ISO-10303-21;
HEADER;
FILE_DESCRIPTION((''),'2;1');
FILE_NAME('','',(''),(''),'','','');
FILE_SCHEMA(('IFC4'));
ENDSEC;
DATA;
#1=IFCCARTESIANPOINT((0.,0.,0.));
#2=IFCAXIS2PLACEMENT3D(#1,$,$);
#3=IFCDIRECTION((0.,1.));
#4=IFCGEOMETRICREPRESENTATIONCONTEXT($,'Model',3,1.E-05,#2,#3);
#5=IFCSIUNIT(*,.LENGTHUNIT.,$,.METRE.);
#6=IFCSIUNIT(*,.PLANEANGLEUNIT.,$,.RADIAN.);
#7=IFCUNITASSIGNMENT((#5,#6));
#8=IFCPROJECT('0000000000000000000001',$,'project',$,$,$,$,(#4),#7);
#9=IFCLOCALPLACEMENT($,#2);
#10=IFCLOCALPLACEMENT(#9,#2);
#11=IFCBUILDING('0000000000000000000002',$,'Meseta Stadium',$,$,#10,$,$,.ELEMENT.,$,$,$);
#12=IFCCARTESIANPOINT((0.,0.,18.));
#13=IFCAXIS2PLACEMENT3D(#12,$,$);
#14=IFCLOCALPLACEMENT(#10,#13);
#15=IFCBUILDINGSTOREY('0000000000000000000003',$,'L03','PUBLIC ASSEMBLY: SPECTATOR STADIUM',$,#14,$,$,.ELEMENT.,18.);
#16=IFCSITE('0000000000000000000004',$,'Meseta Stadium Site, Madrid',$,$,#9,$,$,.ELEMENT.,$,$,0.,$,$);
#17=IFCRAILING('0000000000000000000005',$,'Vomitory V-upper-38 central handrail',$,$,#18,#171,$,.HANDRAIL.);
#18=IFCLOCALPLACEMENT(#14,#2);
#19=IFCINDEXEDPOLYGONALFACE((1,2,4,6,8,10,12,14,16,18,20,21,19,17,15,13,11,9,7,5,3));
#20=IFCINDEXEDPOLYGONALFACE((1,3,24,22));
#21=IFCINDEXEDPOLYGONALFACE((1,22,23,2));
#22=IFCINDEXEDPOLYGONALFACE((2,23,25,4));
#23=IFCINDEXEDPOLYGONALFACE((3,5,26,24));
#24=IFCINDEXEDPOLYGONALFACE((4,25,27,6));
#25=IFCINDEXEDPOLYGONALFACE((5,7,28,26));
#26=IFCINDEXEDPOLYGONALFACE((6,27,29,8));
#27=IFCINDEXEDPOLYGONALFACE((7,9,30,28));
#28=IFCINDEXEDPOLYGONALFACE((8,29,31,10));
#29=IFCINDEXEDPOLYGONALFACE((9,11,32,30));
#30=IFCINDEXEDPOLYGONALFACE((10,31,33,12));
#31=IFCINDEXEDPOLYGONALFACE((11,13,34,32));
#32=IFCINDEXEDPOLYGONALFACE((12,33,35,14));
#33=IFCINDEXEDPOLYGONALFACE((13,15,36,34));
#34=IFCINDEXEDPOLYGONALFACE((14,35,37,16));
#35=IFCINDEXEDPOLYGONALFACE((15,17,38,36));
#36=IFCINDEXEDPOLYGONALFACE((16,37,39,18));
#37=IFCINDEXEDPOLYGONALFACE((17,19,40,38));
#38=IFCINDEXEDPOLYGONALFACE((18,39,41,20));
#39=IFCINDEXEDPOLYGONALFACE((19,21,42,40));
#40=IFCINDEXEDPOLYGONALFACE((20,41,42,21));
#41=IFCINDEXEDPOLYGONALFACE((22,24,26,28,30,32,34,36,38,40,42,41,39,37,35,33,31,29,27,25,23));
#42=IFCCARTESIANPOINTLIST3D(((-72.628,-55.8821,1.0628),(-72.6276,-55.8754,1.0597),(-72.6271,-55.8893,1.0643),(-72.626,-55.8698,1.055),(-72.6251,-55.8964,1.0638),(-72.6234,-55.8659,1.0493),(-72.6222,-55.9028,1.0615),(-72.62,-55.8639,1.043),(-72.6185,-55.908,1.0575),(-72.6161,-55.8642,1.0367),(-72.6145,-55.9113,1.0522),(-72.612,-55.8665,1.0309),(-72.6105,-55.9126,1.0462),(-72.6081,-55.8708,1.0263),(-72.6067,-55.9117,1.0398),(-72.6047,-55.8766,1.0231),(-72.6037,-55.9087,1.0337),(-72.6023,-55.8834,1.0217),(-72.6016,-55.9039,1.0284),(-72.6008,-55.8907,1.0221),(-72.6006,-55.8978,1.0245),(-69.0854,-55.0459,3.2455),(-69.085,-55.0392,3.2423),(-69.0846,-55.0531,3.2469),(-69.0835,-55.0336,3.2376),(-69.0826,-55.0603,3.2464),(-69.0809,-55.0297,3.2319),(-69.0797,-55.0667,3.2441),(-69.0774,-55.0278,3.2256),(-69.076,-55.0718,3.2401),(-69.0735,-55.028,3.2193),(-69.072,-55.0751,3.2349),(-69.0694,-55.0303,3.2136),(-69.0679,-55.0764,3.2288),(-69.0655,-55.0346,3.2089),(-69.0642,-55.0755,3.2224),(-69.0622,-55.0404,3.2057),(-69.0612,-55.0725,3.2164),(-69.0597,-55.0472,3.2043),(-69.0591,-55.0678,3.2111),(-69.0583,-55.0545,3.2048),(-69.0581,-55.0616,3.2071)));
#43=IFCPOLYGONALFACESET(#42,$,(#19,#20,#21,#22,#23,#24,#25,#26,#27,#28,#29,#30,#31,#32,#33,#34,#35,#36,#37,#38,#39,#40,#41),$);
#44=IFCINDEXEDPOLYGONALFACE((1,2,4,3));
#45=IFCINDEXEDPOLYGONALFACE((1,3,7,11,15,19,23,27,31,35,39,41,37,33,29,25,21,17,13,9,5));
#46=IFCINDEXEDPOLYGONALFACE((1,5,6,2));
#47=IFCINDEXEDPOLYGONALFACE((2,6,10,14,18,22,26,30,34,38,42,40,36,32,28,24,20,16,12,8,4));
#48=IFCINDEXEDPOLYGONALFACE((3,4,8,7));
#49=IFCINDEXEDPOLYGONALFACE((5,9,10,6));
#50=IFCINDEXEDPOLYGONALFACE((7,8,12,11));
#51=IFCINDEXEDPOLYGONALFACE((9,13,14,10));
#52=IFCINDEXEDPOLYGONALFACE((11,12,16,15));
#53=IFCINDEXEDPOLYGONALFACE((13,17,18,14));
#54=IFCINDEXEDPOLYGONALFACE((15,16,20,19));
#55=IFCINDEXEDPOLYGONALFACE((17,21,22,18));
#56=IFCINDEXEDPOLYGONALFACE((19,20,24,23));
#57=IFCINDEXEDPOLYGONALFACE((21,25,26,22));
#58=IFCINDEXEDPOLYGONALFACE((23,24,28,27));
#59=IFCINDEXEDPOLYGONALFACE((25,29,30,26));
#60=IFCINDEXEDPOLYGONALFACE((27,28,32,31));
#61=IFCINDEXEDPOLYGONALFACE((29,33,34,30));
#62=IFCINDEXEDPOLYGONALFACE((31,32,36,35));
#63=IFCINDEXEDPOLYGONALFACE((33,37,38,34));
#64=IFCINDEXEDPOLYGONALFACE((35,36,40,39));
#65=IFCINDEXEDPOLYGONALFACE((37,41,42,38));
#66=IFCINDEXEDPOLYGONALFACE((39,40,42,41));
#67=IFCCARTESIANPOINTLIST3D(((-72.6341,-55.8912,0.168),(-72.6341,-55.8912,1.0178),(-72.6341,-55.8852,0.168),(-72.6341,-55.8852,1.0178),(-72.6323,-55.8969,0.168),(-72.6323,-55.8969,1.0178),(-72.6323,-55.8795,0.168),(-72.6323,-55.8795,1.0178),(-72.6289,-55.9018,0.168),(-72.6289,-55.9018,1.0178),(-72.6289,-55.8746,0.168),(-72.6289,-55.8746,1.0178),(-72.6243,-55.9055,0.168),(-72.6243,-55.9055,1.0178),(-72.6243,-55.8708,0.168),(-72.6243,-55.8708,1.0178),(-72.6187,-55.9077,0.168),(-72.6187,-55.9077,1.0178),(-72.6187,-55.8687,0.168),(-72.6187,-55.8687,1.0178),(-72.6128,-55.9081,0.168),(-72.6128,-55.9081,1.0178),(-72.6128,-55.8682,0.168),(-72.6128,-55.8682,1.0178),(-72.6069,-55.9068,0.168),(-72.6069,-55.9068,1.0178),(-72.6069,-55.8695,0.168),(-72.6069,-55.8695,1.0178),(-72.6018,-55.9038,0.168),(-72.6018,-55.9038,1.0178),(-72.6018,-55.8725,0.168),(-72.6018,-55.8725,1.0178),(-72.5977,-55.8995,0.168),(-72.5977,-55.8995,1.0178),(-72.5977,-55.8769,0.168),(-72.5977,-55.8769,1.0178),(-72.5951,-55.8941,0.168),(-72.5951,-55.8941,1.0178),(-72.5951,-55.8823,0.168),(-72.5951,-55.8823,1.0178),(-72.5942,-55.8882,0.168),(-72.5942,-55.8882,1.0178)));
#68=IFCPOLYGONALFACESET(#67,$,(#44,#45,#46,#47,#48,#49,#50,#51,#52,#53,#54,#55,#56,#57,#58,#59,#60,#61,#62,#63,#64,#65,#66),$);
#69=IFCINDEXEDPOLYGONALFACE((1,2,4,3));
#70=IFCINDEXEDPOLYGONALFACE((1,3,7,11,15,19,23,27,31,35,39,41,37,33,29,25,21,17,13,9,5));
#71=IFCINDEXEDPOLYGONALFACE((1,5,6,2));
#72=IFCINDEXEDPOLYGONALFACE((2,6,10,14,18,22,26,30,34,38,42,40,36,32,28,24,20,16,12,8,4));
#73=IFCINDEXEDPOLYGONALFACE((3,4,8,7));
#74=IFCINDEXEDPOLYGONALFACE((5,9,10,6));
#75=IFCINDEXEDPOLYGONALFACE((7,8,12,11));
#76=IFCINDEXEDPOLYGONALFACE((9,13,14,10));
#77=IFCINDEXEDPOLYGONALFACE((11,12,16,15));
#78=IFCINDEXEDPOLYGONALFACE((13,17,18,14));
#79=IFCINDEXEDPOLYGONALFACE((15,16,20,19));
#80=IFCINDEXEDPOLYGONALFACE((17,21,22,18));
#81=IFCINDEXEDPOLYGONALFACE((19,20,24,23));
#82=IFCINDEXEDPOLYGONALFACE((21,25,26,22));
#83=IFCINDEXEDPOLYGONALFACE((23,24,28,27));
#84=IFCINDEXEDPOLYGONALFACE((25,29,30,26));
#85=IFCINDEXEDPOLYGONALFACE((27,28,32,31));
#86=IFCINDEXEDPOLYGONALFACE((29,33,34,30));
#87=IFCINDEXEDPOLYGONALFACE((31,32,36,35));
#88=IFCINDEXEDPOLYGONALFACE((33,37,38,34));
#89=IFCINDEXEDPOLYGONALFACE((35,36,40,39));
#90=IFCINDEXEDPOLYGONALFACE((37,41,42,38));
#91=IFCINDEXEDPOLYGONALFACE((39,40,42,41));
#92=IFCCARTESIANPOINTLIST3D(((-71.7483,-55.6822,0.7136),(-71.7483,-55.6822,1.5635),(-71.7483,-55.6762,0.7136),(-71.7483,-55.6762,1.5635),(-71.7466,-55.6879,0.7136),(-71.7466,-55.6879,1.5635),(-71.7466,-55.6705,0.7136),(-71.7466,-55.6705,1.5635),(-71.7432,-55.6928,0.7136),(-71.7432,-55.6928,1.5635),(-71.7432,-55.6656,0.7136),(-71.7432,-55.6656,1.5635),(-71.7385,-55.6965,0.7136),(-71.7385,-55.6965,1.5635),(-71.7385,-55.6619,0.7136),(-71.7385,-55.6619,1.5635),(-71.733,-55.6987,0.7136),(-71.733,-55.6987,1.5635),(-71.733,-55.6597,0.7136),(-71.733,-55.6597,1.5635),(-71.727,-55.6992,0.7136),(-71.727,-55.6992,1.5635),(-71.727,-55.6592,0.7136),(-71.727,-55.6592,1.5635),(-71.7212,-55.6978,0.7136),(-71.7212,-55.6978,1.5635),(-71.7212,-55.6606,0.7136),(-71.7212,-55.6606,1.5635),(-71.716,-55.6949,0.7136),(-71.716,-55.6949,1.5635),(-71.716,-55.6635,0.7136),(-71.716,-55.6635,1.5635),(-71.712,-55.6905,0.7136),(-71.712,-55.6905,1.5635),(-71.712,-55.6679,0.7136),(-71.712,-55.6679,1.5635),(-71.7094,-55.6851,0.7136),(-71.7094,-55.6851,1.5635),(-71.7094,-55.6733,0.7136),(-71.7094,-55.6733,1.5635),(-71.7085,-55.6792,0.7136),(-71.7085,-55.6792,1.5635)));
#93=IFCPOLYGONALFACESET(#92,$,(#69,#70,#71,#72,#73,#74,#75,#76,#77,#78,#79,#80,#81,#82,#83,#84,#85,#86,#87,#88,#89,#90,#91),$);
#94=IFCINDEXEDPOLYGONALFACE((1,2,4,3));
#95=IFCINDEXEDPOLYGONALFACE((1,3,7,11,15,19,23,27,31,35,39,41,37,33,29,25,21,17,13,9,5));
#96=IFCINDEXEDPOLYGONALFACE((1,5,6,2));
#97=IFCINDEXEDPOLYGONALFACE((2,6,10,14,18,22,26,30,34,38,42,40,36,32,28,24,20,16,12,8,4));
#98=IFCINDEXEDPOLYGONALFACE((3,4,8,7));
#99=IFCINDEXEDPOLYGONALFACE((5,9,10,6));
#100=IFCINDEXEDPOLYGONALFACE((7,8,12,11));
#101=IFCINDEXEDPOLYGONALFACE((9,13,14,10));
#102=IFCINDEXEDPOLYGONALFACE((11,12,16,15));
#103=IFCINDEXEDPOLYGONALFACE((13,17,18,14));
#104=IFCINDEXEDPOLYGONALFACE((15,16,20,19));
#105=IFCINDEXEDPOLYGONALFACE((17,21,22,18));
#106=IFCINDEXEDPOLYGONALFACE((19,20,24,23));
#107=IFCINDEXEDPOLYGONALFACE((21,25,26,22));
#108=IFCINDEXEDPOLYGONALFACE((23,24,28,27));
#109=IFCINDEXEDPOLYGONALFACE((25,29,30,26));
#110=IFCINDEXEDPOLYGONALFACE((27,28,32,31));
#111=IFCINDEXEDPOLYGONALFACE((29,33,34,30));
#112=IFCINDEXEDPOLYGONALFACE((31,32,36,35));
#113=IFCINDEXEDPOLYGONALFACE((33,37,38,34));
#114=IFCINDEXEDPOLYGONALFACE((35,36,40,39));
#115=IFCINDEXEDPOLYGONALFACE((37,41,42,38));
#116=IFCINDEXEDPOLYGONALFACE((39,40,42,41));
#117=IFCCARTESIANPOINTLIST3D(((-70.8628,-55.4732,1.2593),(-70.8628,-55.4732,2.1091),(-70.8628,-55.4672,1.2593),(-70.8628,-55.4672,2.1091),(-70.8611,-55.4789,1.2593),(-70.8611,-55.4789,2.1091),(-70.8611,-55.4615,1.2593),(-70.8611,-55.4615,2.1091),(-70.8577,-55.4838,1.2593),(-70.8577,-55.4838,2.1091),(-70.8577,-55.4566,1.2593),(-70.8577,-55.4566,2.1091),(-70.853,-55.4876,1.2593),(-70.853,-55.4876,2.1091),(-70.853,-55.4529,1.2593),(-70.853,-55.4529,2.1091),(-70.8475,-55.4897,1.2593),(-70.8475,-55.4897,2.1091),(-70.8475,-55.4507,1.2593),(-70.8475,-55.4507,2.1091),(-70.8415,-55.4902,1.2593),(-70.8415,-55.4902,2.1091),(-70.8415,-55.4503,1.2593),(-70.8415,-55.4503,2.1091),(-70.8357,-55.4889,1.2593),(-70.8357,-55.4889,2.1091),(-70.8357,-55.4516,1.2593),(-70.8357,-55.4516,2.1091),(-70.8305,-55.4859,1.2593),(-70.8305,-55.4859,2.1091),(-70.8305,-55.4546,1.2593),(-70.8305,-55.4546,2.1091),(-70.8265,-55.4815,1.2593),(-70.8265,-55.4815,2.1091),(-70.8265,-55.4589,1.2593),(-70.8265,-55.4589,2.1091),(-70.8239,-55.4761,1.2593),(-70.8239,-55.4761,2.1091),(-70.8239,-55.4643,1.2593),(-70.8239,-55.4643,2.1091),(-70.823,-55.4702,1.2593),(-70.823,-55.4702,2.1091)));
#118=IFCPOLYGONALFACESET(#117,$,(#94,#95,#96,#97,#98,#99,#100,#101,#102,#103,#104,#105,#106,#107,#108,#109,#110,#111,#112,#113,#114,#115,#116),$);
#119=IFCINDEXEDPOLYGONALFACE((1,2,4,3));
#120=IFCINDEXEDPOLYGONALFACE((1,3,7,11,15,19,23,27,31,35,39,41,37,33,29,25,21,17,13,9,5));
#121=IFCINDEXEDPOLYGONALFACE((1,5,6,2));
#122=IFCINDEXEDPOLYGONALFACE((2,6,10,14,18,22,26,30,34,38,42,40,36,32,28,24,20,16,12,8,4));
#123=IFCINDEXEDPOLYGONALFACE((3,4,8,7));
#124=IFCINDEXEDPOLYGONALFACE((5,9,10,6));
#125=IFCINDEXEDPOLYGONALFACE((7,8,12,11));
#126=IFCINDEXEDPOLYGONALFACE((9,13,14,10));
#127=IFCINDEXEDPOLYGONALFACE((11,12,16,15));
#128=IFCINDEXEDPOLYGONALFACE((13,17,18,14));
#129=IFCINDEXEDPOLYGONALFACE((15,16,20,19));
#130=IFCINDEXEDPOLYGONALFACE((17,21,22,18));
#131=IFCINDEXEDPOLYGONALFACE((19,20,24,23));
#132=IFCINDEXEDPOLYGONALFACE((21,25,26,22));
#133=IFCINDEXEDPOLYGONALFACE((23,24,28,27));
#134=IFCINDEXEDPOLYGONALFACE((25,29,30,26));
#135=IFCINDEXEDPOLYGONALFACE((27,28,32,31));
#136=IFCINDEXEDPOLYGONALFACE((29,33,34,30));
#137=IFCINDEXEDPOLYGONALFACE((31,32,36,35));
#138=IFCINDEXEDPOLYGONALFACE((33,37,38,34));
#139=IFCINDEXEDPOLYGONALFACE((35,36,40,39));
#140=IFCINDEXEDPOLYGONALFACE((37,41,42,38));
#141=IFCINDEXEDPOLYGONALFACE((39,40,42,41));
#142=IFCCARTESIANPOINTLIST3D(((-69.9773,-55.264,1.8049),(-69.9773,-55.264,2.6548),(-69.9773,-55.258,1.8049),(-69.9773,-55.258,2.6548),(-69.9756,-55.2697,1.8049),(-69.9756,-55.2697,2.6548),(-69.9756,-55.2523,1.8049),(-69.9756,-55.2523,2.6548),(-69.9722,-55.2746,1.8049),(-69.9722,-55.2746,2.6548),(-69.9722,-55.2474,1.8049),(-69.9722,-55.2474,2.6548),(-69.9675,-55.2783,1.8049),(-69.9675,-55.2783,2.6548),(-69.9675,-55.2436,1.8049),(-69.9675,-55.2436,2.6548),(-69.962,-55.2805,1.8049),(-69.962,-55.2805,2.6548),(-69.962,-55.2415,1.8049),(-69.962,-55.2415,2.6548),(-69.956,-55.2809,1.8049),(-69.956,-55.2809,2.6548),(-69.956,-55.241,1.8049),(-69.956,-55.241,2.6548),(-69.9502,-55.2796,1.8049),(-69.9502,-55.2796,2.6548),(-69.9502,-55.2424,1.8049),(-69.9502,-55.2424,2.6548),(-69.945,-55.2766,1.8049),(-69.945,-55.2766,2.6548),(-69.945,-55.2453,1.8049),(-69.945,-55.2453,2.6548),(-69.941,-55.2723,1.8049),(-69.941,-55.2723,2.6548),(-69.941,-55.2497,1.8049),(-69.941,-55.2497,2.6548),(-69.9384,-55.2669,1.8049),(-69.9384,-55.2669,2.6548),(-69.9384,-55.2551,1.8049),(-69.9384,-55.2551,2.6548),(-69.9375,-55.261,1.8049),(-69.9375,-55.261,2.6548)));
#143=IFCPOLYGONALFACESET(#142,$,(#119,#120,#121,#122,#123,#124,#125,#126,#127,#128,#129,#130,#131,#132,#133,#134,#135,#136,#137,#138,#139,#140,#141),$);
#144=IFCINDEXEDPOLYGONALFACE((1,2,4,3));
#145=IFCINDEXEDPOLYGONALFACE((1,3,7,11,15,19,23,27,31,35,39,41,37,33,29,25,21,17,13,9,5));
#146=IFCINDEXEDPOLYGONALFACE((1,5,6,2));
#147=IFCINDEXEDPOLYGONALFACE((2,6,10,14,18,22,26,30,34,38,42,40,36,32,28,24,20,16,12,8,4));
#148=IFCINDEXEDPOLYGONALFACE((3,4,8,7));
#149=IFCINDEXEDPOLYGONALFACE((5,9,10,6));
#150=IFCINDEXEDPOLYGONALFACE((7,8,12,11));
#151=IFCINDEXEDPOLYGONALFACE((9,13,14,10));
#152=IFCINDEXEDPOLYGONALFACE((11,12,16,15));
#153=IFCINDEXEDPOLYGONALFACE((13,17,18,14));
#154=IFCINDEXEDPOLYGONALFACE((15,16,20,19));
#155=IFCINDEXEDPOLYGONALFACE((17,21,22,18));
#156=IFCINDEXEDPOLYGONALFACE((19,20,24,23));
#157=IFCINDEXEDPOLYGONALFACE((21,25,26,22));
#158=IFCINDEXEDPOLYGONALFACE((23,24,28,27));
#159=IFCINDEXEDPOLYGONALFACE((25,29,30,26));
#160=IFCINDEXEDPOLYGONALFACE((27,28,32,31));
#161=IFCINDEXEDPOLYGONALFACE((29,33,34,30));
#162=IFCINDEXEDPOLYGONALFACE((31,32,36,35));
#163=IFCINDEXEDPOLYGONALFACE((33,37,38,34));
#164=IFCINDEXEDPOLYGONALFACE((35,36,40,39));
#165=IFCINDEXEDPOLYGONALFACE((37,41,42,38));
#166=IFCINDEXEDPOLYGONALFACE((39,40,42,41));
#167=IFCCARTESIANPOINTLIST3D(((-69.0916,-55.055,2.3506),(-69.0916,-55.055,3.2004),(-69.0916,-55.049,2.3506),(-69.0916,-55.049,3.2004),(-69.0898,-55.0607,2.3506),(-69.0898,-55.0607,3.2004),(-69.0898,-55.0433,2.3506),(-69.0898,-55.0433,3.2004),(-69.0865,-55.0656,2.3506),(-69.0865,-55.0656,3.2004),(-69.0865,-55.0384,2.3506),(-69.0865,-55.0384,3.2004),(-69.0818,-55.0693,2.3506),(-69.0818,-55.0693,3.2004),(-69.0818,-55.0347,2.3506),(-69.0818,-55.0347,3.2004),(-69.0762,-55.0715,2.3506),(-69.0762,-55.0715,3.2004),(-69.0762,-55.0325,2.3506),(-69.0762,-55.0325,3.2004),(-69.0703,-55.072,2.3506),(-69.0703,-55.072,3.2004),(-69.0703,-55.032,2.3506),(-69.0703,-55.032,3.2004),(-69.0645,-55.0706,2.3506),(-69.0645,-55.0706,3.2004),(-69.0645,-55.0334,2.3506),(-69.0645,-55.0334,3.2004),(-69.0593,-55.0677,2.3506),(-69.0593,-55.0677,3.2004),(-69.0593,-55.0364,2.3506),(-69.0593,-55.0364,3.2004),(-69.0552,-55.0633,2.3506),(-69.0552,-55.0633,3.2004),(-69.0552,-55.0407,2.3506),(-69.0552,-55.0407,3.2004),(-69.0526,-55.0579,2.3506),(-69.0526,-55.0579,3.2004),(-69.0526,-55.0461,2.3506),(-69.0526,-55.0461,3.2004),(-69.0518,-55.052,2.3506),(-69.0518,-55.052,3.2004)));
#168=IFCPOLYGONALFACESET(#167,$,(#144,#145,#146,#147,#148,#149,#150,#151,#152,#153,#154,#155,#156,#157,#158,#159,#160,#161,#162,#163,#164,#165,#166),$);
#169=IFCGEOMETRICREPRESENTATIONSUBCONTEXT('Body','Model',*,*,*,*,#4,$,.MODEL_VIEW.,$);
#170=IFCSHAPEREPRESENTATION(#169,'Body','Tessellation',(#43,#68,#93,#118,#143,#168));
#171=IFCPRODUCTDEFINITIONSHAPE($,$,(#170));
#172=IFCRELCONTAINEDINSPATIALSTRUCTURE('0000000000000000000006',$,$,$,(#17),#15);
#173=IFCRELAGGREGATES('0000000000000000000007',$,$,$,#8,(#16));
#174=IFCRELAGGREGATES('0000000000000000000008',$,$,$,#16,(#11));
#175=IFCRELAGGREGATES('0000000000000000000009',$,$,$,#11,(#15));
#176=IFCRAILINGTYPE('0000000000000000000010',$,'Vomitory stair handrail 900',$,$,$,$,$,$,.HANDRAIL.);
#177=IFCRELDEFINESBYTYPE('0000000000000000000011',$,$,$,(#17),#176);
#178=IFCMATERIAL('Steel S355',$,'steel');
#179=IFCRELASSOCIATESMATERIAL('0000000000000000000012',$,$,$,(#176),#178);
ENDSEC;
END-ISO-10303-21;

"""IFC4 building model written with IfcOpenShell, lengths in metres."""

from ifc_helpers import new_model, si_unit, direction, frame, origin, origin_2d, place, context, subcontext, project, spatial, circle, extrude, material, type_object, element, save


model = new_model("IFC4")

# Units and contexts
model_context = context("Model", 3, precision=1e-05, world=origin(), true_north=direction((0.0, 1.0)))
body_context = subcontext(model_context, "Body", "Model", "MODEL_VIEW")
ifc_project = project(units=[si_unit("LENGTHUNIT", "METRE"), si_unit("PLANEANGLEUNIT", "RADIAN")], contexts=[model_context])

# Site, building, storey
site_placement = place(None, origin())
site = spatial("IfcSite", under=ifc_project, at=site_placement, Name="Meseta Stadium Site, Madrid", CompositionType="ELEMENT", RefElevation=0.0)
building_placement = place(site_placement, origin())
building = spatial("IfcBuilding", under=site, at=building_placement, Name="Meseta Stadium", CompositionType="ELEMENT")
storey_placement = place(building_placement, frame((0.0, 0.0, 18.0)))
storey = spatial("IfcBuildingStorey", under=building, at=storey_placement, Name="L03", Description="PUBLIC ASSEMBLY: SPECTATOR STADIUM", CompositionType="ELEMENT", Elevation=18.0)

# Railing
ifc_material_1 = material(Name="Steel S355", Category="steel")
railing_type_1 = type_object("IfcRailingType", Name="Vomitory stair handrail 900", PredefinedType="HANDRAIL", material=ifc_material_1)
railing_1_placement = place(storey_placement, frame((-72.6143, -55.8882, 0.168)))
element("IfcRailing", 1, at=railing_1_placement, inside=storey, type_object=railing_type_1, Name="Vomitory V-upper-38 central handrail", PredefinedType="HANDRAIL", context=body_context, shape_type="SweptSolid", body=[
    extrude(circle(Radius=0.0249, at=origin_2d()), frame((0.0, 0.0, 0.875), z_axis=(0.834688, 0.197023, 0.514274), x_axis=(-0.229731, 0.973254, 0.0)), (0.0, 0.0, 1.0), 4.2441),
    extrude(circle(Radius=0.02, at=origin_2d()), origin(), (0.0, 0.0, 1.0), 0.8499),
    extrude(circle(Radius=0.02, at=origin_2d()), frame((0.8857, 0.209, 0.5457)), (0.0, 0.0, 1.0), 0.8499),
    extrude(circle(Radius=0.02, at=origin_2d()), frame((1.7712, 0.418, 1.0913)), (0.0, 0.0, 1.0), 0.8499),
    extrude(circle(Radius=0.02, at=origin_2d()), frame((2.6567, 0.6272, 1.637)), (0.0, 0.0, 1.0), 0.8499),
    extrude(circle(Radius=0.02, at=origin_2d()), frame((3.5425, 0.8362, 2.1826)), (0.0, 0.0, 1.0), 0.8499),
])

save(model, "model.ifc")
